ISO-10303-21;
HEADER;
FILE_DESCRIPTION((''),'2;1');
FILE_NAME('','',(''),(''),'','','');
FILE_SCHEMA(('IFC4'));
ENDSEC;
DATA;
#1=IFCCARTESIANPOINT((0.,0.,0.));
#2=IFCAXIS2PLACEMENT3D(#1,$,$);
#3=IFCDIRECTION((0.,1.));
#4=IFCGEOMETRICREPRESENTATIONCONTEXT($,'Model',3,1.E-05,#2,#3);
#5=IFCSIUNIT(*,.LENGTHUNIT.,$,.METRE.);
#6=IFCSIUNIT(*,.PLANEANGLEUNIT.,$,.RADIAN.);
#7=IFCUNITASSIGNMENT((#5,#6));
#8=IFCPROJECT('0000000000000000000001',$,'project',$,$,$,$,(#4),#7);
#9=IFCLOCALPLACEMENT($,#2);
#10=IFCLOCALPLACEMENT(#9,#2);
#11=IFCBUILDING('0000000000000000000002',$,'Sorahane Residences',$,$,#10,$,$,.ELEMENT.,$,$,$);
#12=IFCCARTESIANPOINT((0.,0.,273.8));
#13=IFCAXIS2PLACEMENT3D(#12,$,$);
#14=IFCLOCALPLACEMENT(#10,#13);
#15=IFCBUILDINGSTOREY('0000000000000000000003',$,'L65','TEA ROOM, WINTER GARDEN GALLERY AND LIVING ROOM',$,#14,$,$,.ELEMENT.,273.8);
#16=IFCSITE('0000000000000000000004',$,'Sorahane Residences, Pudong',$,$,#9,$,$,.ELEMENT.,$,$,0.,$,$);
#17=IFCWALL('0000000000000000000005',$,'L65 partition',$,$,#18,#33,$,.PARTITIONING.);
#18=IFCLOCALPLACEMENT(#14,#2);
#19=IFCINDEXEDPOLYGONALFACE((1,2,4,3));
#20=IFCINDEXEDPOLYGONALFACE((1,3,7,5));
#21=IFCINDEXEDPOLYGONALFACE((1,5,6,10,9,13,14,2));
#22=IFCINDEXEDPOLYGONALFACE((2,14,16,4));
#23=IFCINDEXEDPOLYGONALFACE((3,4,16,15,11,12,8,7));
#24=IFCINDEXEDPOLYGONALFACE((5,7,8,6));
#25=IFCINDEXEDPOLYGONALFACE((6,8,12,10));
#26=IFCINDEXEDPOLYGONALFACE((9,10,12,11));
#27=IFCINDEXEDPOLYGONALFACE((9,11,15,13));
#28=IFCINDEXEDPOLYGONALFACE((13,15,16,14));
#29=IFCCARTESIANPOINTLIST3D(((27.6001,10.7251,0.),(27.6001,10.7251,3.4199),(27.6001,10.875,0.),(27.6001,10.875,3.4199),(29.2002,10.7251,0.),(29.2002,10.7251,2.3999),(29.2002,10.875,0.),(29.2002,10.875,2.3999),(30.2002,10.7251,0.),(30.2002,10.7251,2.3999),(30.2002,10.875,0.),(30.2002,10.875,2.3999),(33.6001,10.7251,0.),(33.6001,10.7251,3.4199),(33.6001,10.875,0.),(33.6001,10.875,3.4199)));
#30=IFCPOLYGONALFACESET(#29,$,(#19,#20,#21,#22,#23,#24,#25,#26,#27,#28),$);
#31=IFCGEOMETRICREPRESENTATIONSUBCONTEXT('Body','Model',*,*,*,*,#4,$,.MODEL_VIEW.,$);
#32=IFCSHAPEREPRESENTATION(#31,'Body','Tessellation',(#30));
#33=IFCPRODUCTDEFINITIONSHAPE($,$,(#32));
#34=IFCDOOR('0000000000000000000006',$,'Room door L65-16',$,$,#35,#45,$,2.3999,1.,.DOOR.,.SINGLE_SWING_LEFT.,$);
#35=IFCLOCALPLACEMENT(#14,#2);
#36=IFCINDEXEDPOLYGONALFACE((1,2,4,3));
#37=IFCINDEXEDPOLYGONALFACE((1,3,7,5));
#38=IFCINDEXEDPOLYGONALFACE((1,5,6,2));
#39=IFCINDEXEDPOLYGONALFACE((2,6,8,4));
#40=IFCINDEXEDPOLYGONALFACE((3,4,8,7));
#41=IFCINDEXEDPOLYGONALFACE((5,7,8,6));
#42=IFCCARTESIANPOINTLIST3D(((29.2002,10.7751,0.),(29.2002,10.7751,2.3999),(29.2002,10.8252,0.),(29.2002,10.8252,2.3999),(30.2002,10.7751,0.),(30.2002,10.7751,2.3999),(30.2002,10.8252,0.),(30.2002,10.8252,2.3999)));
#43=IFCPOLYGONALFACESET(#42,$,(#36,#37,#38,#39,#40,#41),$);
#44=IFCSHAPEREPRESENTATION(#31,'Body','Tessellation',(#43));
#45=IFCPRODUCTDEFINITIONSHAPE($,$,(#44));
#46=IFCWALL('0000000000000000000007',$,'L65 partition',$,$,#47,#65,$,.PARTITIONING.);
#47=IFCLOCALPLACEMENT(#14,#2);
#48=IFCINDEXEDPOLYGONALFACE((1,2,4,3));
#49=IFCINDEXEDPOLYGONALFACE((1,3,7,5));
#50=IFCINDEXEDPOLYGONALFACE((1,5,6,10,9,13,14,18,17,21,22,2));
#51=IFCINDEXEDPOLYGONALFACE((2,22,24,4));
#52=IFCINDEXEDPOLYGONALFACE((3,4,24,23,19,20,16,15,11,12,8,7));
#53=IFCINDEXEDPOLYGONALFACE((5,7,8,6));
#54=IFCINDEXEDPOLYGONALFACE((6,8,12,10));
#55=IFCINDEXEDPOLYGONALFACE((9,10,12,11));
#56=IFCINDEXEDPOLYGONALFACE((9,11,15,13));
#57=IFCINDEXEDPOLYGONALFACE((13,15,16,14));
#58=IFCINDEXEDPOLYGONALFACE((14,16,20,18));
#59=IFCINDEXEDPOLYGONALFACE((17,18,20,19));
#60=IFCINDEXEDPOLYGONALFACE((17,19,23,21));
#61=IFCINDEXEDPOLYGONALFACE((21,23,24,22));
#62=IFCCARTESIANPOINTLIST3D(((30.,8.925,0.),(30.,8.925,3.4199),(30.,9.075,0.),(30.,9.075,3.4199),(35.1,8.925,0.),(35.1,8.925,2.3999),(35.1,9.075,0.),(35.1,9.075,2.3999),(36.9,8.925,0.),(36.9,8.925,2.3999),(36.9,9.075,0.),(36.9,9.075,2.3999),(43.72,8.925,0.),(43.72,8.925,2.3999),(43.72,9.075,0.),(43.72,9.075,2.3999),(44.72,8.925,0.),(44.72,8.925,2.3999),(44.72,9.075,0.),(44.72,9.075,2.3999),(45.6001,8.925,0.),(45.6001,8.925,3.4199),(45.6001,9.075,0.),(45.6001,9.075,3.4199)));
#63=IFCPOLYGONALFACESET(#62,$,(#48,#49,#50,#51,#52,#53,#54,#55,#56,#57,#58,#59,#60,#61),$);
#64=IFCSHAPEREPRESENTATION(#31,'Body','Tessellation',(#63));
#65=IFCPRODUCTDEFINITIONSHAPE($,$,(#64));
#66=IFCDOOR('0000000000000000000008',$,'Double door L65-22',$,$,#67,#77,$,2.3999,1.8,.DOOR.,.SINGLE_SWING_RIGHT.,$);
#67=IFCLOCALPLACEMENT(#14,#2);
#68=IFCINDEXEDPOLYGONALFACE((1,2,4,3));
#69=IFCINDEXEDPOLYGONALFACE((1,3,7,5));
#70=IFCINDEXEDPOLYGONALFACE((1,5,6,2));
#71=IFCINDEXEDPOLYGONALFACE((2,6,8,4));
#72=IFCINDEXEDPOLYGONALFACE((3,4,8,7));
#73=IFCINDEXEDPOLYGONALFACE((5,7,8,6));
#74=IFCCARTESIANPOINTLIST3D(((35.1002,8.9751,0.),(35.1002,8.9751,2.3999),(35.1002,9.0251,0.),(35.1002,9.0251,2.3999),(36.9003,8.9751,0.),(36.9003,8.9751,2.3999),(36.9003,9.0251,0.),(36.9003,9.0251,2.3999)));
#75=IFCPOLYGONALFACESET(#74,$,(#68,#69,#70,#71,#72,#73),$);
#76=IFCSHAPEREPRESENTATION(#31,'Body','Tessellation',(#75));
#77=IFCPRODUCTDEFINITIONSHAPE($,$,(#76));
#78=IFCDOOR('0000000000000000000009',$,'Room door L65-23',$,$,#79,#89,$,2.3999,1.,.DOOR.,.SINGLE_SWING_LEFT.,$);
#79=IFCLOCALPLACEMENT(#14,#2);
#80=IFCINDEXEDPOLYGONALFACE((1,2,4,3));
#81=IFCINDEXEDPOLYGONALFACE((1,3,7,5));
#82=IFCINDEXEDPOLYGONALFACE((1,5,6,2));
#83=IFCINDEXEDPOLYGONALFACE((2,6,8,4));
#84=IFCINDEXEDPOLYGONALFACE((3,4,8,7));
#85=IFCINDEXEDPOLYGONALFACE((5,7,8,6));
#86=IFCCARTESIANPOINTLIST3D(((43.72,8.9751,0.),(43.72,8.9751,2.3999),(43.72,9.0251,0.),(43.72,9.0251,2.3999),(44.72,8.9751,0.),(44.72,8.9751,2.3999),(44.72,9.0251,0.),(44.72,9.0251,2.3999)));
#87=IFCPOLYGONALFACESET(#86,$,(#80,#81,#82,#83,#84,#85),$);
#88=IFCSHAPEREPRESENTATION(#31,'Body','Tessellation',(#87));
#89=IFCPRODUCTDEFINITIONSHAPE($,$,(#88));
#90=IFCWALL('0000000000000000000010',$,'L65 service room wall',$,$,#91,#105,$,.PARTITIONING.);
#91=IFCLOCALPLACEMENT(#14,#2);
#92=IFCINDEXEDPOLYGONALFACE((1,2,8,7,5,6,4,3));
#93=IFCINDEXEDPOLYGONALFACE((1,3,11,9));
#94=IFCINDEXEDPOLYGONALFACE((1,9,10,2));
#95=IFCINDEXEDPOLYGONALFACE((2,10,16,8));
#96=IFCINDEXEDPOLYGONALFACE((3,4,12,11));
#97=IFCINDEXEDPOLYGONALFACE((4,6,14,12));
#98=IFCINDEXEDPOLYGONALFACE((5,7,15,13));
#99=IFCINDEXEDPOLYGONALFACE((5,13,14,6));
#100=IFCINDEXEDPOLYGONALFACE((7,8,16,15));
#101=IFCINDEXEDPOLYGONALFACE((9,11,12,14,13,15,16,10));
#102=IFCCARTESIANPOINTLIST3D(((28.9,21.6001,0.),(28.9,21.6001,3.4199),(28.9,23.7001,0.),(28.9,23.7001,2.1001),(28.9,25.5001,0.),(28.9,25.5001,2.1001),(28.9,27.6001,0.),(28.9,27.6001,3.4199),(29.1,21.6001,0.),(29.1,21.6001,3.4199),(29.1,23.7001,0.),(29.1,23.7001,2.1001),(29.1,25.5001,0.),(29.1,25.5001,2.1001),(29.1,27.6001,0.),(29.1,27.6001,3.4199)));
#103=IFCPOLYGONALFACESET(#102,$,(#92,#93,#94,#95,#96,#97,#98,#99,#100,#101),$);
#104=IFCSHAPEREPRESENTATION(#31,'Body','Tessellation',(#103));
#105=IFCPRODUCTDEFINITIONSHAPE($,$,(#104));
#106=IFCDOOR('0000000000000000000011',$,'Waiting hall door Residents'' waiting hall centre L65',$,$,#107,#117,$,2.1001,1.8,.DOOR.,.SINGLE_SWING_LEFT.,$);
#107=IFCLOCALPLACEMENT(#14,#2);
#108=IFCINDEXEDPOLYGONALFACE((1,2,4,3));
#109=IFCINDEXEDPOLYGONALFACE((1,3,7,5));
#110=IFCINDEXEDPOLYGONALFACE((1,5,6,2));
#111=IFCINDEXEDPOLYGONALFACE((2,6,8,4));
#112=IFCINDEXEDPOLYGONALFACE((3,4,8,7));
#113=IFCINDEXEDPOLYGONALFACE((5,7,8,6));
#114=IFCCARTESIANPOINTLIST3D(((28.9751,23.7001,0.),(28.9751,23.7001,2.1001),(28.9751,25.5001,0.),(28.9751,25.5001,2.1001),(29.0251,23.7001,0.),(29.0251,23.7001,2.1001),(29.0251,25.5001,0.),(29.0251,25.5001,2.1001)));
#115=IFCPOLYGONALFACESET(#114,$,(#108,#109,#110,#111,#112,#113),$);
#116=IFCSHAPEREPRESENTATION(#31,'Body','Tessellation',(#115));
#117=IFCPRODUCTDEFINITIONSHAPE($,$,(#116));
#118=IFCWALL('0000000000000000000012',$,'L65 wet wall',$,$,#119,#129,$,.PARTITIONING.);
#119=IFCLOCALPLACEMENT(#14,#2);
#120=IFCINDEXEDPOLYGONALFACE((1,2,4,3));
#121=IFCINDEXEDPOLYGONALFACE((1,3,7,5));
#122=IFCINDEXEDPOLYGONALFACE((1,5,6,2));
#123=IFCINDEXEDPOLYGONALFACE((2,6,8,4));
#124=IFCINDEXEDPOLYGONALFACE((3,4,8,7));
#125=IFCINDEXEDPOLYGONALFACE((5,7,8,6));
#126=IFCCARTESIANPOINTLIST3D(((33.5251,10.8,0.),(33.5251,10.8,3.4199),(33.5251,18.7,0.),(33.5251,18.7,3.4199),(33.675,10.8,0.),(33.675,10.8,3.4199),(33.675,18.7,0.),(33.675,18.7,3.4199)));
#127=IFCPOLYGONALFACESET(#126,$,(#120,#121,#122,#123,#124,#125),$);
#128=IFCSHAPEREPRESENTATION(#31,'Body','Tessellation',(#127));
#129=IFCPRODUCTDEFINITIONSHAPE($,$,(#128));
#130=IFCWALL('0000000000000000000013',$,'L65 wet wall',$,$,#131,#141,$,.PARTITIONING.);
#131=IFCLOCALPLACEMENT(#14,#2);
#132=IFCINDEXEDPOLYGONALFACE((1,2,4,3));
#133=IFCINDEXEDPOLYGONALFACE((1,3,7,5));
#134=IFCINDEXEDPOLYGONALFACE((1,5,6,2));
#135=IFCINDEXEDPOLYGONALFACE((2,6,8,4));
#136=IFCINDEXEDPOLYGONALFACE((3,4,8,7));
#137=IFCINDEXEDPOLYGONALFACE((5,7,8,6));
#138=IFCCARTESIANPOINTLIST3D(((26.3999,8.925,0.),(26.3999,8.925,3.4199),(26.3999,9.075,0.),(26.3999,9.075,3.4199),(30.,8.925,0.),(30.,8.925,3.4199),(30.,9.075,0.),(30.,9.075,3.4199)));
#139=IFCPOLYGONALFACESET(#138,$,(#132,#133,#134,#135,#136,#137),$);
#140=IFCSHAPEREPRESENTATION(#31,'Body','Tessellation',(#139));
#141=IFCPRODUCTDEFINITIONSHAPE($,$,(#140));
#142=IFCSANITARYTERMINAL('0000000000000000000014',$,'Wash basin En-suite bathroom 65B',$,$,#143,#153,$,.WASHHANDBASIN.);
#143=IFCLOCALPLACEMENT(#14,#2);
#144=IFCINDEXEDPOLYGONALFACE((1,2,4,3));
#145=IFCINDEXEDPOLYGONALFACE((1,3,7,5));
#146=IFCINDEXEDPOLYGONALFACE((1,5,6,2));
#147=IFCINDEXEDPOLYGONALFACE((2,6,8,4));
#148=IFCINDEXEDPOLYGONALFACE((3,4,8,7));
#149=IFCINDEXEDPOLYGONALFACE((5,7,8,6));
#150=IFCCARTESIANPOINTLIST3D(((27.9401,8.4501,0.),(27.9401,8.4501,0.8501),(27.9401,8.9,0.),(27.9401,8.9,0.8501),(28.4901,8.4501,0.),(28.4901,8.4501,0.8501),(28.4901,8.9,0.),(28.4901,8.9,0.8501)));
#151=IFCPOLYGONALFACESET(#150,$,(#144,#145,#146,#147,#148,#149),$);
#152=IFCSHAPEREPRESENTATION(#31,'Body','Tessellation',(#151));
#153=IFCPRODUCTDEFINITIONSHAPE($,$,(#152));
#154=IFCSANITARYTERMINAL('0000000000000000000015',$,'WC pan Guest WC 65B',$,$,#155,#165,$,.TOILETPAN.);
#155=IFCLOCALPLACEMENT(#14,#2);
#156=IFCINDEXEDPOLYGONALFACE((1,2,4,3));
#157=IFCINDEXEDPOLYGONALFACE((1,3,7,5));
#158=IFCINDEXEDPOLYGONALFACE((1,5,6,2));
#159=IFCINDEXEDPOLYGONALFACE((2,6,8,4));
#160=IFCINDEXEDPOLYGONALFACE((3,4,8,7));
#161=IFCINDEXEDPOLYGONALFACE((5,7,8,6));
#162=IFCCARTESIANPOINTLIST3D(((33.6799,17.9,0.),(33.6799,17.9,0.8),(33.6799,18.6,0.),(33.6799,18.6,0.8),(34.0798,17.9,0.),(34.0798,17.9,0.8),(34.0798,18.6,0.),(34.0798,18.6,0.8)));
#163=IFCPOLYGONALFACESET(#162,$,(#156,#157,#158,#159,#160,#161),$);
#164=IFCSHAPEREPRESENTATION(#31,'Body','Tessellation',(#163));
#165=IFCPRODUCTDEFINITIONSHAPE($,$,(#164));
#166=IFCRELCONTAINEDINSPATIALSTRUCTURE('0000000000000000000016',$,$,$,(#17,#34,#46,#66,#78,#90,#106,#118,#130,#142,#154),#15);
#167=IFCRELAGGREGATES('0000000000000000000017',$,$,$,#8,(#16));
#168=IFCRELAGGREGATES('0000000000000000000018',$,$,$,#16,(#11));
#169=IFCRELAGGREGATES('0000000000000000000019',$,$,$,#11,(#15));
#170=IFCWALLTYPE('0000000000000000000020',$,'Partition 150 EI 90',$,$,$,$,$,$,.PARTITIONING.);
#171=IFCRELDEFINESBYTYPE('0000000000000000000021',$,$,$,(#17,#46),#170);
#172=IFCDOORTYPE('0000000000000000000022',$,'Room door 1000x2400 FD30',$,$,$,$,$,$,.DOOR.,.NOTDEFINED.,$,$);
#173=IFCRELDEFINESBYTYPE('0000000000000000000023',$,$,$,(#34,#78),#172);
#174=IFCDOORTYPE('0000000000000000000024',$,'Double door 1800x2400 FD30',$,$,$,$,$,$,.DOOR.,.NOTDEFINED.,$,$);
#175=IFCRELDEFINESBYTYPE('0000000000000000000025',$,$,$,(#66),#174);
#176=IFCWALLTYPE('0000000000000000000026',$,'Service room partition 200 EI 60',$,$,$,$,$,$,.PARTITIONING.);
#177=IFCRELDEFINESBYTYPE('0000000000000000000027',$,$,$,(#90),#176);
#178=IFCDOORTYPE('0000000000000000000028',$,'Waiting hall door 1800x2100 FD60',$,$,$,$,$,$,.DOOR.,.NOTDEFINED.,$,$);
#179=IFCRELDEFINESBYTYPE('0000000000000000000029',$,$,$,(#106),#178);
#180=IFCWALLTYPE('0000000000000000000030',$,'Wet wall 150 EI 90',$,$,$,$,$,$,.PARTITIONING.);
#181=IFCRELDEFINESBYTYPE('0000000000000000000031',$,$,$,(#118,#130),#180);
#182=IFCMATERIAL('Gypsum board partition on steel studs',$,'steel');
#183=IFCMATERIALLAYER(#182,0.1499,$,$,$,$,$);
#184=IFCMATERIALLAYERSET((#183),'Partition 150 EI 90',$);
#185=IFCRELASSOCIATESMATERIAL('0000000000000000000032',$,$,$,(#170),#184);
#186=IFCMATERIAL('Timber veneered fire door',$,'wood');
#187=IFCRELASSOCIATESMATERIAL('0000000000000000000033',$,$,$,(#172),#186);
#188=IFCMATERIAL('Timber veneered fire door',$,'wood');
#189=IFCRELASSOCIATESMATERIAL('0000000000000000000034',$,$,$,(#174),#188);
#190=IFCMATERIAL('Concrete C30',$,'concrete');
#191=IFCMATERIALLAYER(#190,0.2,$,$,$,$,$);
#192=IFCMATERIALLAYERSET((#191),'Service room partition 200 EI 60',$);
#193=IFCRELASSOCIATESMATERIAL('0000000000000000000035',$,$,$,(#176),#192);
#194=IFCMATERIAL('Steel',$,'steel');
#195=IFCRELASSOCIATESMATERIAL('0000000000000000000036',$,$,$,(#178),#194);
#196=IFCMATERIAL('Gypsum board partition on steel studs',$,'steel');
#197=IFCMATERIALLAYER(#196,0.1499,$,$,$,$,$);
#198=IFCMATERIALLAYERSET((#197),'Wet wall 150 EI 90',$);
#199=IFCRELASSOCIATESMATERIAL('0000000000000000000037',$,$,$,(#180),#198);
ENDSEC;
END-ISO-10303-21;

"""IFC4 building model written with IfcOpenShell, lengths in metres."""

from ifc_helpers import new_model, si_unit, direction, frame, frame_2d, origin, origin_2d, place, context, subcontext, project, spatial, rectangle, extrude, material, layer, layer_set, type_object, element, fill, save


model = new_model("IFC4")

# Units and contexts
model_context = context("Model", 3, precision=1e-05, world=origin(), true_north=direction((0.0, 1.0)))
body_context = subcontext(model_context, "Body", "Model", "MODEL_VIEW")
ifc_project = project(units=[si_unit("LENGTHUNIT", "METRE"), si_unit("PLANEANGLEUNIT", "RADIAN")], contexts=[model_context])

# Site, building, storey
site_placement = place(None, origin())
site = spatial("IfcSite", under=ifc_project, at=site_placement, Name="Sorahane Residences, Pudong", CompositionType="ELEMENT", RefElevation=0.0)
building_placement = place(site_placement, origin())
building = spatial("IfcBuilding", under=site, at=building_placement, Name="Sorahane Residences", CompositionType="ELEMENT")
storey_placement = place(building_placement, frame((0.0, 0.0, 273.8)))
storey = spatial("IfcBuildingStorey", under=building, at=storey_placement, Name="L65", Description="TEA ROOM, WINTER GARDEN GALLERY AND LIVING ROOM", CompositionType="ELEMENT", Elevation=273.8)

# Wall, opening, door
ifc_material_1 = material(Name="Gypsum board partition on steel studs", Category="steel")
ifc_layer_1 = layer(ifc_material_1, 0.1499)
ifc_layer_set_1 = layer_set([ifc_layer_1], Name="Partition 150 EI 90")
wall_type_1 = type_object("IfcWallType", Name="Partition 150 EI 90", PredefinedType="PARTITIONING", material=ifc_layer_set_1)
wall_1_placement = place(storey_placement, frame((27.6001, 10.8, 0.0), z_axis=(0.0, 0.0, 1.0), x_axis=(1.0, 0.0, 0.0)))
wall_1 = element("IfcWall", 1, at=wall_1_placement, inside=storey, type_object=wall_type_1, Name="L65 partition", PredefinedType="PARTITIONING", context=body_context, shape_type="SweptSolid", body=[
    extrude(rectangle(XDim=6.0, YDim=0.1499, at=frame_2d((3.0, 0.0))), origin(), (0.0, 0.0, 1.0), 3.4199),
])
opening_1_placement = place(wall_1_placement, frame((1.6001, 0.0, 0.0)))
opening_1 = element("IfcOpeningElement", 2, at=opening_1_placement, cuts=wall_1, PredefinedType="OPENING", context=body_context, shape_type="SweptSolid", body=[
    extrude(rectangle(XDim=1.0, YDim=2.3999, at=frame_2d((0.5, 1.2))), frame((0.0, 0.085, 0.0), z_axis=(0.0, -1.0, 0.0), x_axis=(1.0, 0.0, 0.0)), (0.0, 0.0, 1.0), 0.1699),
])
ifc_material_2 = material(Name="Timber veneered fire door", Category="wood")
door_type_1 = type_object("IfcDoorType", Name="Room door 1000x2400 FD30", OperationType="NOTDEFINED", PredefinedType="DOOR", material=ifc_material_2)
door_1_placement = place(opening_1_placement, frame((1.0, 0.0, 0.0), z_axis=(0.0, 0.0, 1.0), x_axis=(-1.0, 0.0, 0.0)))
door_1 = element("IfcDoor", 3, at=door_1_placement, inside=storey, type_object=door_type_1, Name="Room door L65-16", OperationType="SINGLE_SWING_LEFT", OverallHeight=2.3999, OverallWidth=1.0, PredefinedType="DOOR", context=body_context, shape_type="SweptSolid", body=[
    extrude(rectangle(XDim=1.0, YDim=2.3999, at=frame_2d((0.5, 1.2))), frame((0.0, 0.0249, 0.0), z_axis=(0.0, -1.0, 0.0), x_axis=(1.0, 0.0, 0.0)), (0.0, 0.0, 1.0), 0.05),
])
fill(opening_1, door_1)

# Wall, openings, doors
wall_2_placement = place(storey_placement, frame((30.0, 9.0, 0.0), z_axis=(0.0, 0.0, 1.0), x_axis=(1.0, 0.0, 0.0)))
wall_2 = element("IfcWall", 4, at=wall_2_placement, inside=storey, type_object=wall_type_1, Name="L65 partition", PredefinedType="PARTITIONING", context=body_context, shape_type="SweptSolid", body=[
    extrude(rectangle(XDim=15.6001, YDim=0.1499, at=frame_2d((7.8, 0.0))), origin(), (0.0, 0.0, 1.0), 3.4199),
])
opening_2_placement = place(wall_2_placement, frame((5.1001, 0.0, 0.0)))
opening_2 = element("IfcOpeningElement", 5, at=opening_2_placement, cuts=wall_2, PredefinedType="OPENING", context=body_context, shape_type="SweptSolid", body=[
    extrude(rectangle(XDim=1.8, YDim=2.3999, at=frame_2d((0.8999, 1.2))), frame((0.0, 0.085, 0.0), z_axis=(0.0, -1.0, 0.0), x_axis=(1.0, 0.0, 0.0)), (0.0, 0.0, 1.0), 0.1699),
])
opening_3_placement = place(wall_2_placement, frame((13.72, 0.0, 0.0)))
opening_3 = element("IfcOpeningElement", 6, at=opening_3_placement, cuts=wall_2, PredefinedType="OPENING", context=body_context, shape_type="SweptSolid", body=[
    extrude(rectangle(XDim=1.0, YDim=2.3999, at=frame_2d((0.5, 1.2))), frame((0.0, 0.085, 0.0), z_axis=(0.0, -1.0, 0.0), x_axis=(1.0, 0.0, 0.0)), (0.0, 0.0, 1.0), 0.1699),
])
ifc_material_3 = material(Name="Timber veneered fire door", Category="wood")
door_type_2 = type_object("IfcDoorType", Name="Double door 1800x2400 FD30", OperationType="NOTDEFINED", PredefinedType="DOOR", material=ifc_material_3)
door_2_placement = place(opening_2_placement, frame((1.8, 0.0, 0.0), z_axis=(0.0, 0.0, 1.0), x_axis=(-1.0, 0.0, 0.0)))
door_2 = element("IfcDoor", 7, at=door_2_placement, inside=storey, type_object=door_type_2, Name="Double door L65-22", OperationType="SINGLE_SWING_RIGHT", OverallHeight=2.3999, OverallWidth=1.8, PredefinedType="DOOR", context=body_context, shape_type="SweptSolid", body=[
    extrude(rectangle(XDim=1.8, YDim=2.3999, at=frame_2d((0.8999, 1.2))), frame((0.0, 0.0249, 0.0), z_axis=(0.0, -1.0, 0.0), x_axis=(1.0, 0.0, 0.0)), (0.0, 0.0, 1.0), 0.05),
])
fill(opening_2, door_2)
door_3_placement = place(opening_3_placement, frame((1.0, 0.0, 0.0), z_axis=(0.0, 0.0, 1.0), x_axis=(-1.0, 0.0, 0.0)))
door_3 = element("IfcDoor", 8, at=door_3_placement, inside=storey, type_object=door_type_1, Name="Room door L65-23", OperationType="SINGLE_SWING_LEFT", OverallHeight=2.3999, OverallWidth=1.0, PredefinedType="DOOR", context=body_context, shape_type="SweptSolid", body=[
    extrude(rectangle(XDim=1.0, YDim=2.3999, at=frame_2d((0.5, 1.2))), frame((0.0, 0.0249, 0.0), z_axis=(0.0, -1.0, 0.0), x_axis=(1.0, 0.0, 0.0)), (0.0, 0.0, 1.0), 0.05),
])
fill(opening_3, door_3)

# Wall, opening, door
ifc_material_4 = material(Name="Concrete C30", Category="concrete")
ifc_layer_2 = layer(ifc_material_4, 0.2)
ifc_layer_set_2 = layer_set([ifc_layer_2], Name="Service room partition 200 EI 60")
wall_type_2 = type_object("IfcWallType", Name="Service room partition 200 EI 60", PredefinedType="PARTITIONING", material=ifc_layer_set_2)
wall_3_placement = place(storey_placement, frame((29.0, 21.6001, 0.0), z_axis=(0.0, 0.0, 1.0), x_axis=(0.0, 1.0, 0.0)))
wall_3 = element("IfcWall", 9, at=wall_3_placement, inside=storey, type_object=wall_type_2, Name="L65 service room wall", PredefinedType="PARTITIONING", context=body_context, shape_type="SweptSolid", body=[
    extrude(rectangle(XDim=6.0, YDim=0.2, at=frame_2d((3.0, 0.0))), origin(), (0.0, 0.0, 1.0), 3.4199),
])
opening_4_placement = place(wall_3_placement, frame((2.1001, 0.0, 0.0)))
opening_4 = element("IfcOpeningElement", 10, at=opening_4_placement, cuts=wall_3, PredefinedType="OPENING", context=body_context, shape_type="SweptSolid", body=[
    extrude(rectangle(XDim=1.8, YDim=2.1001, at=frame_2d((0.8999, 1.05))), frame((0.0, 0.1099, 0.0), z_axis=(0.0, -1.0, 0.0), x_axis=(1.0, 0.0, 0.0)), (0.0, 0.0, 1.0), 0.22),
])
ifc_material_5 = material(Name="Steel", Category="steel")
door_type_3 = type_object("IfcDoorType", Name="Waiting hall door 1800x2100 FD60", OperationType="NOTDEFINED", PredefinedType="DOOR", material=ifc_material_5)
door_4_placement = place(opening_4_placement, origin())
door_4 = element("IfcDoor", 11, at=door_4_placement, inside=storey, type_object=door_type_3, Name="Waiting hall door Residents' waiting hall centre L65", OperationType="SINGLE_SWING_LEFT", OverallHeight=2.1001, OverallWidth=1.8, PredefinedType="DOOR", context=body_context, shape_type="SweptSolid", body=[
    extrude(rectangle(XDim=1.8, YDim=2.1001, at=frame_2d((0.8999, 1.05))), frame((0.0, 0.0249, 0.0), z_axis=(0.0, -1.0, 0.0), x_axis=(1.0, 0.0, 0.0)), (0.0, 0.0, 1.0), 0.05),
])
fill(opening_4, door_4)

# Wall
ifc_material_6 = material(Name="Gypsum board partition on steel studs", Category="steel")
ifc_layer_3 = layer(ifc_material_6, 0.1499)
ifc_layer_set_3 = layer_set([ifc_layer_3], Name="Wet wall 150 EI 90")
wall_type_3 = type_object("IfcWallType", Name="Wet wall 150 EI 90", PredefinedType="PARTITIONING", material=ifc_layer_set_3)
wall_4_placement = place(storey_placement, frame((33.6001, 10.8, 0.0), z_axis=(0.0, 0.0, 1.0), x_axis=(0.0, 1.0, 0.0)))
element("IfcWall", 12, at=wall_4_placement, inside=storey, type_object=wall_type_3, Name="L65 wet wall", PredefinedType="PARTITIONING", context=body_context, shape_type="SweptSolid", body=[
    extrude(rectangle(XDim=7.8999, YDim=0.1499, at=frame_2d((3.95, 0.0))), origin(), (0.0, 0.0, 1.0), 3.4199),
])

# Wall
wall_5_placement = place(storey_placement, frame((26.3999, 9.0, 0.0), z_axis=(0.0, 0.0, 1.0), x_axis=(1.0, 0.0, 0.0)))
element("IfcWall", 13, at=wall_5_placement, inside=storey, type_object=wall_type_3, Name="L65 wet wall", PredefinedType="PARTITIONING", context=body_context, shape_type="SweptSolid", body=[
    extrude(rectangle(XDim=3.6001, YDim=0.1499, at=frame_2d((1.8, 0.0))), origin(), (0.0, 0.0, 1.0), 3.4199),
])

# Sanitary terminals
sanitary_terminal_1_placement = place(storey_placement, frame((28.2151, 8.675, 0.0), z_axis=(0.0, 0.0, 1.0), x_axis=(1.0, 0.0, 0.0)))
element("IfcSanitaryTerminal", 14, at=sanitary_terminal_1_placement, inside=storey, Name="Wash basin En-suite bathroom 65B", PredefinedType="WASHHANDBASIN", context=body_context, shape_type="SweptSolid", body=[
    extrude(rectangle(XDim=0.55, YDim=0.45, at=origin_2d()), origin(), (0.0, 0.0, 1.0), 0.8501),
])
sanitary_terminal_2_placement = place(storey_placement, frame((33.8799, 18.25, 0.0), z_axis=(0.0, 0.0, 1.0), x_axis=(1.0, 0.0, 0.0)))
element("IfcSanitaryTerminal", 15, at=sanitary_terminal_2_placement, inside=storey, Name="WC pan Guest WC 65B", PredefinedType="TOILETPAN", context=body_context, shape_type="SweptSolid", body=[
    extrude(rectangle(XDim=0.3999, YDim=0.7, at=origin_2d()), origin(), (0.0, 0.0, 1.0), 0.8),
])

save(model, "model.ifc")
